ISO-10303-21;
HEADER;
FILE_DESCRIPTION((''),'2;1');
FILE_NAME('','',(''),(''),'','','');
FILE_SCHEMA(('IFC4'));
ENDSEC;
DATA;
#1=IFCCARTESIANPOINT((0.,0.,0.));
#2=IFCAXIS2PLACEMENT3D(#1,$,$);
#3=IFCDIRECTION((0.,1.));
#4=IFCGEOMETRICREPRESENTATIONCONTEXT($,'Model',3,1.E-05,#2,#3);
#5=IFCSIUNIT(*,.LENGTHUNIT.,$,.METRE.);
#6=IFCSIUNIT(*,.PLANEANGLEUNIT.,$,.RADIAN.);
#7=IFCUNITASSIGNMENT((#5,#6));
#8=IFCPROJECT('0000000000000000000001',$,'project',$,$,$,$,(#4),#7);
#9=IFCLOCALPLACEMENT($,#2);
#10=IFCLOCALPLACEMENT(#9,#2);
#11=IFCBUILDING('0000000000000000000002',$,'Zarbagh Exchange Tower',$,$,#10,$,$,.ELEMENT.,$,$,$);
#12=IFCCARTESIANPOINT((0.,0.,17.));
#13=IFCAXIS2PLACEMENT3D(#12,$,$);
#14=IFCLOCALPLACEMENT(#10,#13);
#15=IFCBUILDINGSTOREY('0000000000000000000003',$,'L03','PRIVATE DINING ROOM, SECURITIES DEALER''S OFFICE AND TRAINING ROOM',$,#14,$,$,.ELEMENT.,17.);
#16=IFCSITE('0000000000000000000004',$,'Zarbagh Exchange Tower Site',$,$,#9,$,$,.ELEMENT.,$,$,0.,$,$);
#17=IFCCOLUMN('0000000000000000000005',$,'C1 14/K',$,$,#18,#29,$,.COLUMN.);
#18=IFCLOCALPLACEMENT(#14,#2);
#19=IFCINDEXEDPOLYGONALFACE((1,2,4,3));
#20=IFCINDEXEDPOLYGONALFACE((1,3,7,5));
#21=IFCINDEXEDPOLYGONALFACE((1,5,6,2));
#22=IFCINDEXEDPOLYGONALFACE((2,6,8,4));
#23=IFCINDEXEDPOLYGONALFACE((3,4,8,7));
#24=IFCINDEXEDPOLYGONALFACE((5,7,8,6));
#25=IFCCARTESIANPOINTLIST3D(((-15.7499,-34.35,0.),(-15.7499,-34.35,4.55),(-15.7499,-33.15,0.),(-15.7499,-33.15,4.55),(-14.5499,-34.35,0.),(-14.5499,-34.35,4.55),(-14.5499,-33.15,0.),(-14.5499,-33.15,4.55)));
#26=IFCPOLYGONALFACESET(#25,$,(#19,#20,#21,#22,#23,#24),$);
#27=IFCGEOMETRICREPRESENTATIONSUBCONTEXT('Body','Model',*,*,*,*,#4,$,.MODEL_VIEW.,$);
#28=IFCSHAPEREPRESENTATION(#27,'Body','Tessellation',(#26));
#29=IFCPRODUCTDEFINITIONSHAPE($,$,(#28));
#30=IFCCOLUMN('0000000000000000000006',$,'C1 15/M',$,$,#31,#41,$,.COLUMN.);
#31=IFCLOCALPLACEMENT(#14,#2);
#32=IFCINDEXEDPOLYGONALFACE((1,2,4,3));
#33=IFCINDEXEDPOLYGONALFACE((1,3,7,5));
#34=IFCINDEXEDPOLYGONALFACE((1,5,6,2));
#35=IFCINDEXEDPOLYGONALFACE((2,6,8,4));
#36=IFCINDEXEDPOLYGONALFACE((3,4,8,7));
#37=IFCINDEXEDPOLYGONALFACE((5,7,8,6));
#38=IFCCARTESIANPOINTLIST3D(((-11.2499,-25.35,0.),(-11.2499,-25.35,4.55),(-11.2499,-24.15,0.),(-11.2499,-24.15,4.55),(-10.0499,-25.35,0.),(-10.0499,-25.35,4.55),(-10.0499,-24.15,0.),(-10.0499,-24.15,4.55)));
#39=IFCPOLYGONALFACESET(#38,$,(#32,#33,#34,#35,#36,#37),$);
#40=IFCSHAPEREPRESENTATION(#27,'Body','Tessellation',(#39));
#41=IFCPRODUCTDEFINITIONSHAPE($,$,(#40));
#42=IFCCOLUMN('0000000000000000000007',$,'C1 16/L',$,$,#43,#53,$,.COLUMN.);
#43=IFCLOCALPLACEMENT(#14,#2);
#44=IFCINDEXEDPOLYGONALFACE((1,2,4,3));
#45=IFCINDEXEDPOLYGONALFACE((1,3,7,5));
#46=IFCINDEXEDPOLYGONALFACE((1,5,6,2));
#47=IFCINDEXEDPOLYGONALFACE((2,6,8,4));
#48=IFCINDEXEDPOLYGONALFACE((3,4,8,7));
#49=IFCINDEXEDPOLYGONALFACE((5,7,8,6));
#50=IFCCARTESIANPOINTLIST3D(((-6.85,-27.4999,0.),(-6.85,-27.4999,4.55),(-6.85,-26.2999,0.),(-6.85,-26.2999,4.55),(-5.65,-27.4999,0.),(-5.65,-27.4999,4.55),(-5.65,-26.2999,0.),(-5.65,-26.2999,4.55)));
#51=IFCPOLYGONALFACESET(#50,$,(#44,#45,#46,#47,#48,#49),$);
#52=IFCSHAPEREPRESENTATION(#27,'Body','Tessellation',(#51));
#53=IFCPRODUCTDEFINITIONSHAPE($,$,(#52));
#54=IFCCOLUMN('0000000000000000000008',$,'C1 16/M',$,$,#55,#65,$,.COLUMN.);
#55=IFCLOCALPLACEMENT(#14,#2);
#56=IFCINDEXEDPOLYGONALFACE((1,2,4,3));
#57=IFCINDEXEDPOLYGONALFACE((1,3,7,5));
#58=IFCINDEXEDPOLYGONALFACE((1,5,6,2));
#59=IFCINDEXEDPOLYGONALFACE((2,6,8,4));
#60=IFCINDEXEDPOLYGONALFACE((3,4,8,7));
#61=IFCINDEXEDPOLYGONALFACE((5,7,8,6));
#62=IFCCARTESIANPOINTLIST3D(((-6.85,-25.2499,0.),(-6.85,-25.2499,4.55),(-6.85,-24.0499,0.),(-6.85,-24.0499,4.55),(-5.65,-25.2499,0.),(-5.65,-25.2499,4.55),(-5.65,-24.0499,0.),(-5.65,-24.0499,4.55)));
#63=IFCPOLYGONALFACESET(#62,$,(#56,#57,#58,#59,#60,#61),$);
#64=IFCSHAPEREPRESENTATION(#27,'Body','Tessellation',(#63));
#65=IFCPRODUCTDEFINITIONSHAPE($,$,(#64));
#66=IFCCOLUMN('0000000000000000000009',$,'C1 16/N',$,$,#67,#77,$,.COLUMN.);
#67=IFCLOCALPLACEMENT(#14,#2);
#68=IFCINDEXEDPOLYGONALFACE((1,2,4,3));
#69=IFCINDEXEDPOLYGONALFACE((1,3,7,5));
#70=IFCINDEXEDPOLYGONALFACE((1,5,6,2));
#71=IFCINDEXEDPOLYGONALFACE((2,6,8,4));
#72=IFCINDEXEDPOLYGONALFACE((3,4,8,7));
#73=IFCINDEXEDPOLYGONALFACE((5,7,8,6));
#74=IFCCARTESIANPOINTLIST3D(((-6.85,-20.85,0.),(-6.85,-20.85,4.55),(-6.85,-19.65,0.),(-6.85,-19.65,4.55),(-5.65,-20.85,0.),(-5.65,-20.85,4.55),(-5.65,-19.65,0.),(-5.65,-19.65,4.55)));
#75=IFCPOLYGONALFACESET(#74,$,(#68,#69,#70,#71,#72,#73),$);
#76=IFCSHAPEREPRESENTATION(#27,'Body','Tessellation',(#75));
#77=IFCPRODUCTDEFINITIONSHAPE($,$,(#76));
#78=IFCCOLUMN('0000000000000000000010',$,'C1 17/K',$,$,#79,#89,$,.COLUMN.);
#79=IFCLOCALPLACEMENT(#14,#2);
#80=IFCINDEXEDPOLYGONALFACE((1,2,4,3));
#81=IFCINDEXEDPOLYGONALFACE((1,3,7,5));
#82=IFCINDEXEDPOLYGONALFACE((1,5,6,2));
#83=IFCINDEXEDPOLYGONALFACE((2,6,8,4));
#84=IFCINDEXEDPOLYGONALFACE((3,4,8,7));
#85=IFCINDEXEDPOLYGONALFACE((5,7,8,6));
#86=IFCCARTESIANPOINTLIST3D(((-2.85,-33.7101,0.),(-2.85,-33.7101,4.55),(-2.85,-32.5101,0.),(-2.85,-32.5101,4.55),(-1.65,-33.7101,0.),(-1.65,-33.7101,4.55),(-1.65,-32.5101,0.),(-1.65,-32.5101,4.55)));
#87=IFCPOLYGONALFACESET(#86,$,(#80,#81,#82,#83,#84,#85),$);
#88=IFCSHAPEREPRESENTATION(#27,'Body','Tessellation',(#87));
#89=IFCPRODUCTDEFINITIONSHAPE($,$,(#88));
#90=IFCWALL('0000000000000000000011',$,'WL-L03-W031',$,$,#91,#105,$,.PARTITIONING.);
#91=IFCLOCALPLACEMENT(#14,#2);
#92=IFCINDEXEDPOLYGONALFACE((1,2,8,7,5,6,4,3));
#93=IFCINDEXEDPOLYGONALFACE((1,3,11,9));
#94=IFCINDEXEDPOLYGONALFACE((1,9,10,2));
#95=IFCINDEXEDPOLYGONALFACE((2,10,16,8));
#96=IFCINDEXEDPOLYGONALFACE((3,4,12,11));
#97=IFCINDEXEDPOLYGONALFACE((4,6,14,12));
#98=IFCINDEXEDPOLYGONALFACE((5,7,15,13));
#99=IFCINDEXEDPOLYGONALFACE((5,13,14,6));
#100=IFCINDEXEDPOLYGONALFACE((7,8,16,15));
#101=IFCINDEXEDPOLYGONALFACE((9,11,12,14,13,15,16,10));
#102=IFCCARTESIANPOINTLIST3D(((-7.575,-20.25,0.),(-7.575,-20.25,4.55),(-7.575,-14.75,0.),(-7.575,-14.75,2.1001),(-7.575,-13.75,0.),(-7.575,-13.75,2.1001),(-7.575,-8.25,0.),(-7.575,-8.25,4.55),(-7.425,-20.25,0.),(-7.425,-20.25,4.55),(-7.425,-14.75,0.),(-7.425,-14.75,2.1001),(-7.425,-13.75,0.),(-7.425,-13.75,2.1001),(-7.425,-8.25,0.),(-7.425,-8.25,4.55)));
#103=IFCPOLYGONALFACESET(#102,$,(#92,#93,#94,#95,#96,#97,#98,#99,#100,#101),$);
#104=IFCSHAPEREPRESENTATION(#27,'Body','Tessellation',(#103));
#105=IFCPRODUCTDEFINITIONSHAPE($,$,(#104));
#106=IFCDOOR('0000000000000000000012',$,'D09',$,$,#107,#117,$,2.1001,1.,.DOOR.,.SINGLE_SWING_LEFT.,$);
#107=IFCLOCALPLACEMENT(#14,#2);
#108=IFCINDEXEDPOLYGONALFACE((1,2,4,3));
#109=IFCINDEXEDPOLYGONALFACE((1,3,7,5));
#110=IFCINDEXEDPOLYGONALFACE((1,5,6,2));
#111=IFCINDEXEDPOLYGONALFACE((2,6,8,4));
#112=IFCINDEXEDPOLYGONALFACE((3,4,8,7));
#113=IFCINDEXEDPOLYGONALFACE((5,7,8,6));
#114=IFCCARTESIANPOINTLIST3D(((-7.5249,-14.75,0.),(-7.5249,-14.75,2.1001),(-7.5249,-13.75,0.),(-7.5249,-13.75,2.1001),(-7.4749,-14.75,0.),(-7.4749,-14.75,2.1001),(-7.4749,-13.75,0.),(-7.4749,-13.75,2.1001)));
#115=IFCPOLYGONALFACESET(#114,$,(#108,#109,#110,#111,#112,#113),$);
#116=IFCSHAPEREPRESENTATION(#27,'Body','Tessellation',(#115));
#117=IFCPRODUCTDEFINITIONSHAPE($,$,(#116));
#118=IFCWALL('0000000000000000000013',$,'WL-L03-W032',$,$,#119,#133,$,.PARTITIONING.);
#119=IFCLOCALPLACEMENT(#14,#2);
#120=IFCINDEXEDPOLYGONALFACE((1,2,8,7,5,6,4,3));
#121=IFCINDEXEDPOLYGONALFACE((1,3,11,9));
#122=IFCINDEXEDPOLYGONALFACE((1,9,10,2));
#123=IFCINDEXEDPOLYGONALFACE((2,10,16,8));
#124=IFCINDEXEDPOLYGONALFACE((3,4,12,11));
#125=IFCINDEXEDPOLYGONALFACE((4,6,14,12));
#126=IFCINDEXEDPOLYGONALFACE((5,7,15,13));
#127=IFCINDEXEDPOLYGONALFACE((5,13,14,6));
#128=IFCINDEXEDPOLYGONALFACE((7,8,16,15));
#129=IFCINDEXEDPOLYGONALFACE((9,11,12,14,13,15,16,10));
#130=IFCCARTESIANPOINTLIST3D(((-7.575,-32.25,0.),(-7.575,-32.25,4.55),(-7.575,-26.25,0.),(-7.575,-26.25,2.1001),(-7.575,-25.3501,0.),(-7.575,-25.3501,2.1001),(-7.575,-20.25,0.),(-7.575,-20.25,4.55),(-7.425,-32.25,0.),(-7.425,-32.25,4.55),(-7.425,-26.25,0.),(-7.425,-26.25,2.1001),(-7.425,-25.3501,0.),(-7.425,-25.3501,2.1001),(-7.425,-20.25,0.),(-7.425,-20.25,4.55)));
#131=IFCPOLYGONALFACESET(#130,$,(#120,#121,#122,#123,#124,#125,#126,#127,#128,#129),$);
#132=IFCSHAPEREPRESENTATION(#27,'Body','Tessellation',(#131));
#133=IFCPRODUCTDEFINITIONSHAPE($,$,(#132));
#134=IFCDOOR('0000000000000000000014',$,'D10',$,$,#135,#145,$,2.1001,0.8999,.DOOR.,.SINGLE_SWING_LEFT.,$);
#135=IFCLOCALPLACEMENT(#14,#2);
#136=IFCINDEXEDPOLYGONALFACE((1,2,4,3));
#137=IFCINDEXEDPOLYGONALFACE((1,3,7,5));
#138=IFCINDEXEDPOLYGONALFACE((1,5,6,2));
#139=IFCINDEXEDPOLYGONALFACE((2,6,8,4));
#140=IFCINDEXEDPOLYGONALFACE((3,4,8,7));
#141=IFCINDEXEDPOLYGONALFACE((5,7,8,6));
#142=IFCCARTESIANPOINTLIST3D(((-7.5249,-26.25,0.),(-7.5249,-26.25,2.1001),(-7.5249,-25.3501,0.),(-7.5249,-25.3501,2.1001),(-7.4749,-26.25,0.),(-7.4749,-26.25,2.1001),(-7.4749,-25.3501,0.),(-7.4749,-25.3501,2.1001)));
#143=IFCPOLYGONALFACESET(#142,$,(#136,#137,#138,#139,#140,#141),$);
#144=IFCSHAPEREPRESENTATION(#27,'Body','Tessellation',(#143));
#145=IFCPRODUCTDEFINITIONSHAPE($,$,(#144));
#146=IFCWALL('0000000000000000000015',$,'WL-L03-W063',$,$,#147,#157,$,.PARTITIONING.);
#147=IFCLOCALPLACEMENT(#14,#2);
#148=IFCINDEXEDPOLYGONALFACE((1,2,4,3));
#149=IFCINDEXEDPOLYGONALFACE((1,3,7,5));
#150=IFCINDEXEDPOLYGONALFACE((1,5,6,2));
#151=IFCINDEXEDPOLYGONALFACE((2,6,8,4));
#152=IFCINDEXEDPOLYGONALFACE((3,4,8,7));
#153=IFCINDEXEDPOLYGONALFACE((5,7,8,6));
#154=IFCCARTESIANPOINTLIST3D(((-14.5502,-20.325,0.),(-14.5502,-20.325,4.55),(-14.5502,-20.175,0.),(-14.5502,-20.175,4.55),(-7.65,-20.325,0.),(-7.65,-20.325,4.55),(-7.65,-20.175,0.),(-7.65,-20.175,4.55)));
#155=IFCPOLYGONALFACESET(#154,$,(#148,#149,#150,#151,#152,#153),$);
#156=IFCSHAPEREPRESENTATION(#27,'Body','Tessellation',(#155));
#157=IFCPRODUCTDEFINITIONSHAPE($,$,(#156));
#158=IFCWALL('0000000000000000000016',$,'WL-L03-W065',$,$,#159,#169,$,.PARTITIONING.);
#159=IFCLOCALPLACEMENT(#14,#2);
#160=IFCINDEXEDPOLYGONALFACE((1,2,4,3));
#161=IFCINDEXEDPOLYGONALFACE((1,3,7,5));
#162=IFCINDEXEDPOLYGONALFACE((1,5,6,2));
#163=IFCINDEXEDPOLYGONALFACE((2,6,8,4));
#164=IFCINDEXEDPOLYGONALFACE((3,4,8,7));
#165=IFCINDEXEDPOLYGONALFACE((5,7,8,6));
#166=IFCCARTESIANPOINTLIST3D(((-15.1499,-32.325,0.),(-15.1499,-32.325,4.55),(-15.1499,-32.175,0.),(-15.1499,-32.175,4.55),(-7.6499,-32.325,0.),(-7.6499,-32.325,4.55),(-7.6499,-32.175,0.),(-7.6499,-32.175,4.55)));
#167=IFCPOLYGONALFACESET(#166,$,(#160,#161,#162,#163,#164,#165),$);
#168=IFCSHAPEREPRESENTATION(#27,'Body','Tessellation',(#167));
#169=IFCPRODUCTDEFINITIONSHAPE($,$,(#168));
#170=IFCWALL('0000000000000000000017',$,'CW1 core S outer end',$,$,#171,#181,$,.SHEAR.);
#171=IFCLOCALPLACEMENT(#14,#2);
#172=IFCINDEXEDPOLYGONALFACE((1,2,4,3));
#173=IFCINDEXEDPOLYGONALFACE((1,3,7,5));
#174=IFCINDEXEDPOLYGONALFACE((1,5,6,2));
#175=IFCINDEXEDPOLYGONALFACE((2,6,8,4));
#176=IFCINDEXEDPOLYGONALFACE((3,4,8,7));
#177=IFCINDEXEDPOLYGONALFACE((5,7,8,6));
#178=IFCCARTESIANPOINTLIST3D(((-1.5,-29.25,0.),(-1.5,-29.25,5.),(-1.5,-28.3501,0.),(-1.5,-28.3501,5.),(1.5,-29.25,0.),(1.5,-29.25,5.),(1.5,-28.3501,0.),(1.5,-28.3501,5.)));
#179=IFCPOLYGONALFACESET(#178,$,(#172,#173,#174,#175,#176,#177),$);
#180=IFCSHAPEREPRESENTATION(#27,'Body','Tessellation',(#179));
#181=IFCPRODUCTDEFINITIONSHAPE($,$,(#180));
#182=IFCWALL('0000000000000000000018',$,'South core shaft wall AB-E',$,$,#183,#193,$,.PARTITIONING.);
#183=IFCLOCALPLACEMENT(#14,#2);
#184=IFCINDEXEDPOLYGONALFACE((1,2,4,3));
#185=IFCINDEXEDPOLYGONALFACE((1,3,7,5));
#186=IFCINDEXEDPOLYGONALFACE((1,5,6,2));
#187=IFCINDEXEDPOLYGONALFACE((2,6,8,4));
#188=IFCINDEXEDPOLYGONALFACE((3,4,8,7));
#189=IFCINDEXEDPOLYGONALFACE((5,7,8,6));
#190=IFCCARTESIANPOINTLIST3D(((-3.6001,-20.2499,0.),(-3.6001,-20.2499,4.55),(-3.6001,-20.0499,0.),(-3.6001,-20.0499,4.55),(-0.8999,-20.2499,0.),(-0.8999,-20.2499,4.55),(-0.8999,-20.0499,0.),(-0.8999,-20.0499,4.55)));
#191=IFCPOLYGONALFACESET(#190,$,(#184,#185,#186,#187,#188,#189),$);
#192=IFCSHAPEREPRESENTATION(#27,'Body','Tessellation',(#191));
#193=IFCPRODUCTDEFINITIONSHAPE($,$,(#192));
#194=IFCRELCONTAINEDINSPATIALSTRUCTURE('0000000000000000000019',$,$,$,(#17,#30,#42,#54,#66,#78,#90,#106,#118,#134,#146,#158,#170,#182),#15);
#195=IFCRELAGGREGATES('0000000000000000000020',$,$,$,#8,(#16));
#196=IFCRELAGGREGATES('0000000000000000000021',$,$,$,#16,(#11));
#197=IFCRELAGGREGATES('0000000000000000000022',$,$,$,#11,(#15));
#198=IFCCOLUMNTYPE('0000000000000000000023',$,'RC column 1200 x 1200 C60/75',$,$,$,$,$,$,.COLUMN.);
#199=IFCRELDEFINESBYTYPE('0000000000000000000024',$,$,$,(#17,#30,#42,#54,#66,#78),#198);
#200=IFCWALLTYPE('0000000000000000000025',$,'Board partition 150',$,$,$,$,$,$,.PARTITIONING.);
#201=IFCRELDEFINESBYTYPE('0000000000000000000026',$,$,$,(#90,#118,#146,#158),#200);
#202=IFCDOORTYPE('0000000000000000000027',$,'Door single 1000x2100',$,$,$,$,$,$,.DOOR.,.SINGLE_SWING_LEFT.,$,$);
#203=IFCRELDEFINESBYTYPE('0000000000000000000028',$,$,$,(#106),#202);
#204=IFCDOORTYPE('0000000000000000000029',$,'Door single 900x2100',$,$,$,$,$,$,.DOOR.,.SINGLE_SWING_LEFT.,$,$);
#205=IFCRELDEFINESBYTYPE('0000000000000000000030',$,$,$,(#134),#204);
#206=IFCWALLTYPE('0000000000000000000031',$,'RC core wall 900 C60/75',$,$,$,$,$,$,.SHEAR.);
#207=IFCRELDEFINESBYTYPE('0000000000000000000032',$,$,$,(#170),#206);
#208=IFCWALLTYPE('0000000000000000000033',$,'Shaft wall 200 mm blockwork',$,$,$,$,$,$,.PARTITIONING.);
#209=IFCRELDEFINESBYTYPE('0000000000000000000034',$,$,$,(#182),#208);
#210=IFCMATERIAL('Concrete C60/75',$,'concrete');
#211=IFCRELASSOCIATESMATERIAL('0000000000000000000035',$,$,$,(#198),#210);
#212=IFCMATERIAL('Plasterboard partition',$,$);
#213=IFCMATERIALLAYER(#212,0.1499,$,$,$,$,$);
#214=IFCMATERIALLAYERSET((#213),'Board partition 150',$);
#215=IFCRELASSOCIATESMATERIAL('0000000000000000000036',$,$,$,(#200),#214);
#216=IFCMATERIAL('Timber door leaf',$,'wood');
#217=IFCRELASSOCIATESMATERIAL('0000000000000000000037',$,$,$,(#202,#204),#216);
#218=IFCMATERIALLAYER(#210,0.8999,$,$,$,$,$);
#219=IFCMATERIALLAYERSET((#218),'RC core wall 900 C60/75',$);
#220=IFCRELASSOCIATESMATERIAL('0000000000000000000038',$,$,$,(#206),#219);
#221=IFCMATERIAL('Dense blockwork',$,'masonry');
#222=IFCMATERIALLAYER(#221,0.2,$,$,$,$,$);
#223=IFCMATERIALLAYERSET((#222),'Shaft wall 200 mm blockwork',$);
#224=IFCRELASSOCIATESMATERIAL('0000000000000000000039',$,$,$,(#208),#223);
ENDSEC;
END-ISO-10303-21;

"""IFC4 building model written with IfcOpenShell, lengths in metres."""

from ifc_helpers import new_model, si_unit, direction, frame, frame_2d, origin, origin_2d, place, context, subcontext, project, spatial, rectangle, extrude, material, layer, layer_set, material_profile, profile_set, type_object, element, fill, save


model = new_model("IFC4")

# Units and contexts
model_context = context("Model", 3, precision=1e-05, world=origin(), true_north=direction((0.0, 1.0)))
body_context = subcontext(model_context, "Body", "Model", "MODEL_VIEW")
ifc_project = project(units=[si_unit("LENGTHUNIT", "METRE"), si_unit("PLANEANGLEUNIT", "RADIAN")], contexts=[model_context])

# Site, building, storey
site_placement = place(None, origin())
site = spatial("IfcSite", under=ifc_project, at=site_placement, Name="Zarbagh Exchange Tower Site", CompositionType="ELEMENT", RefElevation=0.0)
building_placement = place(site_placement, origin())
building = spatial("IfcBuilding", under=site, at=building_placement, Name="Zarbagh Exchange Tower", CompositionType="ELEMENT")
storey_placement = place(building_placement, frame((0.0, 0.0, 17.0)))
storey = spatial("IfcBuildingStorey", under=building, at=storey_placement, Name="L03", Description="PRIVATE DINING ROOM, SECURITIES DEALER'S OFFICE AND TRAINING ROOM", CompositionType="ELEMENT", Elevation=17.0)

# Columns
ifc_material_1 = material(Name="Concrete C60/75", Category="concrete")
ifc_material_profile = material_profile(ifc_material_1, rectangle(XDim=1.2, YDim=1.2, at=origin_2d()), Name="RC column 1200 x 1200 C60/75")
ifc_profile_set = profile_set([ifc_material_profile], Name="Concrete C60/75")
column_type = type_object("IfcColumnType", Name="RC column 1200 x 1200 C60/75", PredefinedType="COLUMN", material=ifc_profile_set)
for number, where, z_axis, x_axis, name in (
    (1, (-15.1499, -33.75, 0.0), (0.0, 0.0, 1.0), (1.0, 0.0, 0.0), "C1 14/K"),
    (2, (-10.6499, -24.75, 0.0), (0.0, 0.0, 1.0), (1.0, 0.0, 0.0), "C1 15/M"),
    (3, (-6.25, -26.8999, 0.0), (0.0, 0.0, 1.0), (1.0, 0.0, 0.0), "C1 16/L"),
    (4, (-6.25, -24.6499, 0.0), (0.0, 0.0, 1.0), (1.0, 0.0, 0.0), "C1 16/M"),
    (5, (-6.25, -20.25, 0.0), (0.0, 0.0, 1.0), (1.0, 0.0, 0.0), "C1 16/N"),
    (6, (-2.25, -33.1101, 0.0), (0.0, 0.0, 1.0), (1.0, 0.0, 0.0), "C1 17/K"),
):
    element("IfcColumn", number, at=place(storey_placement, frame(where, z_axis=z_axis, x_axis=x_axis)), inside=storey, type_object=column_type, Name=name, PredefinedType="COLUMN", context=body_context, shape_type="SweptSolid", body=[
        extrude(rectangle(XDim=1.2, YDim=1.2, at=origin_2d()), origin(), (0.0, 0.0, 1.0), 4.55),
    ])

# Walls, openings, doors
ifc_material_2 = material(Name="Plasterboard partition")
ifc_layer_1 = layer(ifc_material_2, 0.1499)
ifc_layer_set_1 = layer_set([ifc_layer_1], Name="Board partition 150")
wall_type_1 = type_object("IfcWallType", Name="Board partition 150", PredefinedType="PARTITIONING", material=ifc_layer_set_1)
wall_1_placement = place(storey_placement, frame((-7.5, -20.25, 0.0), z_axis=(0.0, 0.0, 1.0), x_axis=(0.0, 1.0, 0.0)))
wall_1 = element("IfcWall", 7, at=wall_1_placement, inside=storey, type_object=wall_type_1, Name="WL-L03-W031", PredefinedType="PARTITIONING", context=body_context, shape_type="SweptSolid", body=[
    extrude(rectangle(XDim=12.0, YDim=0.1499, at=frame_2d((6.0, 0.0))), origin(), (0.0, 0.0, 1.0), 4.55),
])
opening_1_placement = place(wall_1_placement, frame((5.5, 0.0, 0.0)))
opening_1 = element("IfcOpeningElement", 8, at=opening_1_placement, cuts=wall_1, PredefinedType="OPENING", context=body_context, shape_type="SweptSolid", body=[
    extrude(rectangle(XDim=1.0, YDim=2.1001, at=frame_2d((0.5, 1.05))), frame((0.0, 0.085, 0.0), z_axis=(0.0, -1.0, 0.0), x_axis=(1.0, 0.0, 0.0)), (0.0, 0.0, 1.0), 0.1699),
])
ifc_material_3 = material(Name="Timber door leaf", Category="wood")
door_type_1 = type_object("IfcDoorType", Name="Door single 1000x2100", OperationType="SINGLE_SWING_LEFT", PredefinedType="DOOR", material=ifc_material_3)
door_1_placement = place(opening_1_placement, origin())
door_1 = element("IfcDoor", 9, at=door_1_placement, inside=storey, type_object=door_type_1, Name="D09", OperationType="SINGLE_SWING_LEFT", OverallHeight=2.1001, OverallWidth=1.0, PredefinedType="DOOR", context=body_context, shape_type="SweptSolid", body=[
    extrude(rectangle(XDim=1.0, YDim=2.1001, at=frame_2d((0.5, 1.05))), frame((0.0, 0.0249, 0.0), z_axis=(0.0, -1.0, 0.0), x_axis=(1.0, 0.0, 0.0)), (0.0, 0.0, 1.0), 0.05),
])
fill(opening_1, door_1)
wall_2_placement = place(storey_placement, frame((-7.5, -32.25, 0.0), z_axis=(0.0, 0.0, 1.0), x_axis=(0.0, 1.0, 0.0)))
wall_2 = element("IfcWall", 10, at=wall_2_placement, inside=storey, type_object=wall_type_1, Name="WL-L03-W032", PredefinedType="PARTITIONING", context=body_context, shape_type="SweptSolid", body=[
    extrude(rectangle(XDim=12.0, YDim=0.1499, at=frame_2d((6.0, 0.0))), origin(), (0.0, 0.0, 1.0), 4.55),
])
opening_2_placement = place(wall_2_placement, frame((6.0, 0.0, 0.0)))
opening_2 = element("IfcOpeningElement", 11, at=opening_2_placement, cuts=wall_2, PredefinedType="OPENING", context=body_context, shape_type="SweptSolid", body=[
    extrude(rectangle(XDim=0.8999, YDim=2.1001, at=frame_2d((0.45, 1.05))), frame((0.0, 0.085, 0.0), z_axis=(0.0, -1.0, 0.0), x_axis=(1.0, 0.0, 0.0)), (0.0, 0.0, 1.0), 0.1699),
])
door_type_2 = type_object("IfcDoorType", Name="Door single 900x2100", OperationType="SINGLE_SWING_LEFT", PredefinedType="DOOR", material=ifc_material_3)
door_2_placement = place(opening_2_placement, origin())
door_2 = element("IfcDoor", 12, at=door_2_placement, inside=storey, type_object=door_type_2, Name="D10", OperationType="SINGLE_SWING_LEFT", OverallHeight=2.1001, OverallWidth=0.8999, PredefinedType="DOOR", context=body_context, shape_type="SweptSolid", body=[
    extrude(rectangle(XDim=0.8999, YDim=2.1001, at=frame_2d((0.45, 1.05))), frame((0.0, 0.0249, 0.0), z_axis=(0.0, -1.0, 0.0), x_axis=(1.0, 0.0, 0.0)), (0.0, 0.0, 1.0), 0.05),
])
fill(opening_2, door_2)

# Walls
wall_3_placement = place(storey_placement, frame((-7.6499, -20.25, 0.0), z_axis=(0.0, 0.0, 1.0), x_axis=(-1.0, 0.0, 0.0)))
element("IfcWall", 13, at=wall_3_placement, inside=storey, type_object=wall_type_1, Name="WL-L03-W063", PredefinedType="PARTITIONING", context=body_context, shape_type="SweptSolid", body=[
    extrude(rectangle(XDim=6.9001, YDim=0.1499, at=frame_2d((3.4502, 0.0))), origin(), (0.0, 0.0, 1.0), 4.55),
])
wall_4_placement = place(storey_placement, frame((-7.6499, -32.25, 0.0), z_axis=(0.0, 0.0, 1.0), x_axis=(-1.0, 0.0, 0.0)))
element("IfcWall", 14, at=wall_4_placement, inside=storey, type_object=wall_type_1, Name="WL-L03-W065", PredefinedType="PARTITIONING", context=body_context, shape_type="SweptSolid", body=[
    extrude(rectangle(XDim=7.5, YDim=0.1499, at=frame_2d((3.75, 0.0))), origin(), (0.0, 0.0, 1.0), 4.55),
])
ifc_layer_2 = layer(ifc_material_1, 0.8999)
ifc_layer_set_2 = layer_set([ifc_layer_2], Name="RC core wall 900 C60/75")
wall_type_2 = type_object("IfcWallType", Name="RC core wall 900 C60/75", PredefinedType="SHEAR", material=ifc_layer_set_2)
wall_5_placement = place(storey_placement, frame((-1.5, -28.8, 0.0), z_axis=(0.0, 0.0, 1.0), x_axis=(1.0, 0.0, 0.0)))
element("IfcWall", 15, at=wall_5_placement, inside=storey, type_object=wall_type_2, Name="CW1 core S outer end", PredefinedType="SHEAR", context=body_context, shape_type="SweptSolid", body=[
    extrude(rectangle(XDim=3.0, YDim=0.8999, at=frame_2d((1.5, 0.0))), origin(), (0.0, 0.0, 1.0), 5.0),
])
ifc_material_4 = material(Name="Dense blockwork", Category="masonry")
ifc_layer_3 = layer(ifc_material_4, 0.2)
ifc_layer_set_3 = layer_set([ifc_layer_3], Name="Shaft wall 200 mm blockwork")
wall_type_3 = type_object("IfcWallType", Name="Shaft wall 200 mm blockwork", PredefinedType="PARTITIONING", material=ifc_layer_set_3)
wall_6_placement = place(storey_placement, frame((-0.8999, -20.1499, 0.0), z_axis=(0.0, 0.0, 1.0), x_axis=(-1.0, 0.0, 0.0)))
element("IfcWall", 16, at=wall_6_placement, inside=storey, type_object=wall_type_3, Name="South core shaft wall AB-E", PredefinedType="PARTITIONING", context=body_context, shape_type="SweptSolid", body=[
    extrude(rectangle(XDim=2.7002, YDim=0.2, at=frame_2d((1.3501, 0.0))), origin(), (0.0, 0.0, 1.0), 4.55),
])

save(model, "model.ifc")
